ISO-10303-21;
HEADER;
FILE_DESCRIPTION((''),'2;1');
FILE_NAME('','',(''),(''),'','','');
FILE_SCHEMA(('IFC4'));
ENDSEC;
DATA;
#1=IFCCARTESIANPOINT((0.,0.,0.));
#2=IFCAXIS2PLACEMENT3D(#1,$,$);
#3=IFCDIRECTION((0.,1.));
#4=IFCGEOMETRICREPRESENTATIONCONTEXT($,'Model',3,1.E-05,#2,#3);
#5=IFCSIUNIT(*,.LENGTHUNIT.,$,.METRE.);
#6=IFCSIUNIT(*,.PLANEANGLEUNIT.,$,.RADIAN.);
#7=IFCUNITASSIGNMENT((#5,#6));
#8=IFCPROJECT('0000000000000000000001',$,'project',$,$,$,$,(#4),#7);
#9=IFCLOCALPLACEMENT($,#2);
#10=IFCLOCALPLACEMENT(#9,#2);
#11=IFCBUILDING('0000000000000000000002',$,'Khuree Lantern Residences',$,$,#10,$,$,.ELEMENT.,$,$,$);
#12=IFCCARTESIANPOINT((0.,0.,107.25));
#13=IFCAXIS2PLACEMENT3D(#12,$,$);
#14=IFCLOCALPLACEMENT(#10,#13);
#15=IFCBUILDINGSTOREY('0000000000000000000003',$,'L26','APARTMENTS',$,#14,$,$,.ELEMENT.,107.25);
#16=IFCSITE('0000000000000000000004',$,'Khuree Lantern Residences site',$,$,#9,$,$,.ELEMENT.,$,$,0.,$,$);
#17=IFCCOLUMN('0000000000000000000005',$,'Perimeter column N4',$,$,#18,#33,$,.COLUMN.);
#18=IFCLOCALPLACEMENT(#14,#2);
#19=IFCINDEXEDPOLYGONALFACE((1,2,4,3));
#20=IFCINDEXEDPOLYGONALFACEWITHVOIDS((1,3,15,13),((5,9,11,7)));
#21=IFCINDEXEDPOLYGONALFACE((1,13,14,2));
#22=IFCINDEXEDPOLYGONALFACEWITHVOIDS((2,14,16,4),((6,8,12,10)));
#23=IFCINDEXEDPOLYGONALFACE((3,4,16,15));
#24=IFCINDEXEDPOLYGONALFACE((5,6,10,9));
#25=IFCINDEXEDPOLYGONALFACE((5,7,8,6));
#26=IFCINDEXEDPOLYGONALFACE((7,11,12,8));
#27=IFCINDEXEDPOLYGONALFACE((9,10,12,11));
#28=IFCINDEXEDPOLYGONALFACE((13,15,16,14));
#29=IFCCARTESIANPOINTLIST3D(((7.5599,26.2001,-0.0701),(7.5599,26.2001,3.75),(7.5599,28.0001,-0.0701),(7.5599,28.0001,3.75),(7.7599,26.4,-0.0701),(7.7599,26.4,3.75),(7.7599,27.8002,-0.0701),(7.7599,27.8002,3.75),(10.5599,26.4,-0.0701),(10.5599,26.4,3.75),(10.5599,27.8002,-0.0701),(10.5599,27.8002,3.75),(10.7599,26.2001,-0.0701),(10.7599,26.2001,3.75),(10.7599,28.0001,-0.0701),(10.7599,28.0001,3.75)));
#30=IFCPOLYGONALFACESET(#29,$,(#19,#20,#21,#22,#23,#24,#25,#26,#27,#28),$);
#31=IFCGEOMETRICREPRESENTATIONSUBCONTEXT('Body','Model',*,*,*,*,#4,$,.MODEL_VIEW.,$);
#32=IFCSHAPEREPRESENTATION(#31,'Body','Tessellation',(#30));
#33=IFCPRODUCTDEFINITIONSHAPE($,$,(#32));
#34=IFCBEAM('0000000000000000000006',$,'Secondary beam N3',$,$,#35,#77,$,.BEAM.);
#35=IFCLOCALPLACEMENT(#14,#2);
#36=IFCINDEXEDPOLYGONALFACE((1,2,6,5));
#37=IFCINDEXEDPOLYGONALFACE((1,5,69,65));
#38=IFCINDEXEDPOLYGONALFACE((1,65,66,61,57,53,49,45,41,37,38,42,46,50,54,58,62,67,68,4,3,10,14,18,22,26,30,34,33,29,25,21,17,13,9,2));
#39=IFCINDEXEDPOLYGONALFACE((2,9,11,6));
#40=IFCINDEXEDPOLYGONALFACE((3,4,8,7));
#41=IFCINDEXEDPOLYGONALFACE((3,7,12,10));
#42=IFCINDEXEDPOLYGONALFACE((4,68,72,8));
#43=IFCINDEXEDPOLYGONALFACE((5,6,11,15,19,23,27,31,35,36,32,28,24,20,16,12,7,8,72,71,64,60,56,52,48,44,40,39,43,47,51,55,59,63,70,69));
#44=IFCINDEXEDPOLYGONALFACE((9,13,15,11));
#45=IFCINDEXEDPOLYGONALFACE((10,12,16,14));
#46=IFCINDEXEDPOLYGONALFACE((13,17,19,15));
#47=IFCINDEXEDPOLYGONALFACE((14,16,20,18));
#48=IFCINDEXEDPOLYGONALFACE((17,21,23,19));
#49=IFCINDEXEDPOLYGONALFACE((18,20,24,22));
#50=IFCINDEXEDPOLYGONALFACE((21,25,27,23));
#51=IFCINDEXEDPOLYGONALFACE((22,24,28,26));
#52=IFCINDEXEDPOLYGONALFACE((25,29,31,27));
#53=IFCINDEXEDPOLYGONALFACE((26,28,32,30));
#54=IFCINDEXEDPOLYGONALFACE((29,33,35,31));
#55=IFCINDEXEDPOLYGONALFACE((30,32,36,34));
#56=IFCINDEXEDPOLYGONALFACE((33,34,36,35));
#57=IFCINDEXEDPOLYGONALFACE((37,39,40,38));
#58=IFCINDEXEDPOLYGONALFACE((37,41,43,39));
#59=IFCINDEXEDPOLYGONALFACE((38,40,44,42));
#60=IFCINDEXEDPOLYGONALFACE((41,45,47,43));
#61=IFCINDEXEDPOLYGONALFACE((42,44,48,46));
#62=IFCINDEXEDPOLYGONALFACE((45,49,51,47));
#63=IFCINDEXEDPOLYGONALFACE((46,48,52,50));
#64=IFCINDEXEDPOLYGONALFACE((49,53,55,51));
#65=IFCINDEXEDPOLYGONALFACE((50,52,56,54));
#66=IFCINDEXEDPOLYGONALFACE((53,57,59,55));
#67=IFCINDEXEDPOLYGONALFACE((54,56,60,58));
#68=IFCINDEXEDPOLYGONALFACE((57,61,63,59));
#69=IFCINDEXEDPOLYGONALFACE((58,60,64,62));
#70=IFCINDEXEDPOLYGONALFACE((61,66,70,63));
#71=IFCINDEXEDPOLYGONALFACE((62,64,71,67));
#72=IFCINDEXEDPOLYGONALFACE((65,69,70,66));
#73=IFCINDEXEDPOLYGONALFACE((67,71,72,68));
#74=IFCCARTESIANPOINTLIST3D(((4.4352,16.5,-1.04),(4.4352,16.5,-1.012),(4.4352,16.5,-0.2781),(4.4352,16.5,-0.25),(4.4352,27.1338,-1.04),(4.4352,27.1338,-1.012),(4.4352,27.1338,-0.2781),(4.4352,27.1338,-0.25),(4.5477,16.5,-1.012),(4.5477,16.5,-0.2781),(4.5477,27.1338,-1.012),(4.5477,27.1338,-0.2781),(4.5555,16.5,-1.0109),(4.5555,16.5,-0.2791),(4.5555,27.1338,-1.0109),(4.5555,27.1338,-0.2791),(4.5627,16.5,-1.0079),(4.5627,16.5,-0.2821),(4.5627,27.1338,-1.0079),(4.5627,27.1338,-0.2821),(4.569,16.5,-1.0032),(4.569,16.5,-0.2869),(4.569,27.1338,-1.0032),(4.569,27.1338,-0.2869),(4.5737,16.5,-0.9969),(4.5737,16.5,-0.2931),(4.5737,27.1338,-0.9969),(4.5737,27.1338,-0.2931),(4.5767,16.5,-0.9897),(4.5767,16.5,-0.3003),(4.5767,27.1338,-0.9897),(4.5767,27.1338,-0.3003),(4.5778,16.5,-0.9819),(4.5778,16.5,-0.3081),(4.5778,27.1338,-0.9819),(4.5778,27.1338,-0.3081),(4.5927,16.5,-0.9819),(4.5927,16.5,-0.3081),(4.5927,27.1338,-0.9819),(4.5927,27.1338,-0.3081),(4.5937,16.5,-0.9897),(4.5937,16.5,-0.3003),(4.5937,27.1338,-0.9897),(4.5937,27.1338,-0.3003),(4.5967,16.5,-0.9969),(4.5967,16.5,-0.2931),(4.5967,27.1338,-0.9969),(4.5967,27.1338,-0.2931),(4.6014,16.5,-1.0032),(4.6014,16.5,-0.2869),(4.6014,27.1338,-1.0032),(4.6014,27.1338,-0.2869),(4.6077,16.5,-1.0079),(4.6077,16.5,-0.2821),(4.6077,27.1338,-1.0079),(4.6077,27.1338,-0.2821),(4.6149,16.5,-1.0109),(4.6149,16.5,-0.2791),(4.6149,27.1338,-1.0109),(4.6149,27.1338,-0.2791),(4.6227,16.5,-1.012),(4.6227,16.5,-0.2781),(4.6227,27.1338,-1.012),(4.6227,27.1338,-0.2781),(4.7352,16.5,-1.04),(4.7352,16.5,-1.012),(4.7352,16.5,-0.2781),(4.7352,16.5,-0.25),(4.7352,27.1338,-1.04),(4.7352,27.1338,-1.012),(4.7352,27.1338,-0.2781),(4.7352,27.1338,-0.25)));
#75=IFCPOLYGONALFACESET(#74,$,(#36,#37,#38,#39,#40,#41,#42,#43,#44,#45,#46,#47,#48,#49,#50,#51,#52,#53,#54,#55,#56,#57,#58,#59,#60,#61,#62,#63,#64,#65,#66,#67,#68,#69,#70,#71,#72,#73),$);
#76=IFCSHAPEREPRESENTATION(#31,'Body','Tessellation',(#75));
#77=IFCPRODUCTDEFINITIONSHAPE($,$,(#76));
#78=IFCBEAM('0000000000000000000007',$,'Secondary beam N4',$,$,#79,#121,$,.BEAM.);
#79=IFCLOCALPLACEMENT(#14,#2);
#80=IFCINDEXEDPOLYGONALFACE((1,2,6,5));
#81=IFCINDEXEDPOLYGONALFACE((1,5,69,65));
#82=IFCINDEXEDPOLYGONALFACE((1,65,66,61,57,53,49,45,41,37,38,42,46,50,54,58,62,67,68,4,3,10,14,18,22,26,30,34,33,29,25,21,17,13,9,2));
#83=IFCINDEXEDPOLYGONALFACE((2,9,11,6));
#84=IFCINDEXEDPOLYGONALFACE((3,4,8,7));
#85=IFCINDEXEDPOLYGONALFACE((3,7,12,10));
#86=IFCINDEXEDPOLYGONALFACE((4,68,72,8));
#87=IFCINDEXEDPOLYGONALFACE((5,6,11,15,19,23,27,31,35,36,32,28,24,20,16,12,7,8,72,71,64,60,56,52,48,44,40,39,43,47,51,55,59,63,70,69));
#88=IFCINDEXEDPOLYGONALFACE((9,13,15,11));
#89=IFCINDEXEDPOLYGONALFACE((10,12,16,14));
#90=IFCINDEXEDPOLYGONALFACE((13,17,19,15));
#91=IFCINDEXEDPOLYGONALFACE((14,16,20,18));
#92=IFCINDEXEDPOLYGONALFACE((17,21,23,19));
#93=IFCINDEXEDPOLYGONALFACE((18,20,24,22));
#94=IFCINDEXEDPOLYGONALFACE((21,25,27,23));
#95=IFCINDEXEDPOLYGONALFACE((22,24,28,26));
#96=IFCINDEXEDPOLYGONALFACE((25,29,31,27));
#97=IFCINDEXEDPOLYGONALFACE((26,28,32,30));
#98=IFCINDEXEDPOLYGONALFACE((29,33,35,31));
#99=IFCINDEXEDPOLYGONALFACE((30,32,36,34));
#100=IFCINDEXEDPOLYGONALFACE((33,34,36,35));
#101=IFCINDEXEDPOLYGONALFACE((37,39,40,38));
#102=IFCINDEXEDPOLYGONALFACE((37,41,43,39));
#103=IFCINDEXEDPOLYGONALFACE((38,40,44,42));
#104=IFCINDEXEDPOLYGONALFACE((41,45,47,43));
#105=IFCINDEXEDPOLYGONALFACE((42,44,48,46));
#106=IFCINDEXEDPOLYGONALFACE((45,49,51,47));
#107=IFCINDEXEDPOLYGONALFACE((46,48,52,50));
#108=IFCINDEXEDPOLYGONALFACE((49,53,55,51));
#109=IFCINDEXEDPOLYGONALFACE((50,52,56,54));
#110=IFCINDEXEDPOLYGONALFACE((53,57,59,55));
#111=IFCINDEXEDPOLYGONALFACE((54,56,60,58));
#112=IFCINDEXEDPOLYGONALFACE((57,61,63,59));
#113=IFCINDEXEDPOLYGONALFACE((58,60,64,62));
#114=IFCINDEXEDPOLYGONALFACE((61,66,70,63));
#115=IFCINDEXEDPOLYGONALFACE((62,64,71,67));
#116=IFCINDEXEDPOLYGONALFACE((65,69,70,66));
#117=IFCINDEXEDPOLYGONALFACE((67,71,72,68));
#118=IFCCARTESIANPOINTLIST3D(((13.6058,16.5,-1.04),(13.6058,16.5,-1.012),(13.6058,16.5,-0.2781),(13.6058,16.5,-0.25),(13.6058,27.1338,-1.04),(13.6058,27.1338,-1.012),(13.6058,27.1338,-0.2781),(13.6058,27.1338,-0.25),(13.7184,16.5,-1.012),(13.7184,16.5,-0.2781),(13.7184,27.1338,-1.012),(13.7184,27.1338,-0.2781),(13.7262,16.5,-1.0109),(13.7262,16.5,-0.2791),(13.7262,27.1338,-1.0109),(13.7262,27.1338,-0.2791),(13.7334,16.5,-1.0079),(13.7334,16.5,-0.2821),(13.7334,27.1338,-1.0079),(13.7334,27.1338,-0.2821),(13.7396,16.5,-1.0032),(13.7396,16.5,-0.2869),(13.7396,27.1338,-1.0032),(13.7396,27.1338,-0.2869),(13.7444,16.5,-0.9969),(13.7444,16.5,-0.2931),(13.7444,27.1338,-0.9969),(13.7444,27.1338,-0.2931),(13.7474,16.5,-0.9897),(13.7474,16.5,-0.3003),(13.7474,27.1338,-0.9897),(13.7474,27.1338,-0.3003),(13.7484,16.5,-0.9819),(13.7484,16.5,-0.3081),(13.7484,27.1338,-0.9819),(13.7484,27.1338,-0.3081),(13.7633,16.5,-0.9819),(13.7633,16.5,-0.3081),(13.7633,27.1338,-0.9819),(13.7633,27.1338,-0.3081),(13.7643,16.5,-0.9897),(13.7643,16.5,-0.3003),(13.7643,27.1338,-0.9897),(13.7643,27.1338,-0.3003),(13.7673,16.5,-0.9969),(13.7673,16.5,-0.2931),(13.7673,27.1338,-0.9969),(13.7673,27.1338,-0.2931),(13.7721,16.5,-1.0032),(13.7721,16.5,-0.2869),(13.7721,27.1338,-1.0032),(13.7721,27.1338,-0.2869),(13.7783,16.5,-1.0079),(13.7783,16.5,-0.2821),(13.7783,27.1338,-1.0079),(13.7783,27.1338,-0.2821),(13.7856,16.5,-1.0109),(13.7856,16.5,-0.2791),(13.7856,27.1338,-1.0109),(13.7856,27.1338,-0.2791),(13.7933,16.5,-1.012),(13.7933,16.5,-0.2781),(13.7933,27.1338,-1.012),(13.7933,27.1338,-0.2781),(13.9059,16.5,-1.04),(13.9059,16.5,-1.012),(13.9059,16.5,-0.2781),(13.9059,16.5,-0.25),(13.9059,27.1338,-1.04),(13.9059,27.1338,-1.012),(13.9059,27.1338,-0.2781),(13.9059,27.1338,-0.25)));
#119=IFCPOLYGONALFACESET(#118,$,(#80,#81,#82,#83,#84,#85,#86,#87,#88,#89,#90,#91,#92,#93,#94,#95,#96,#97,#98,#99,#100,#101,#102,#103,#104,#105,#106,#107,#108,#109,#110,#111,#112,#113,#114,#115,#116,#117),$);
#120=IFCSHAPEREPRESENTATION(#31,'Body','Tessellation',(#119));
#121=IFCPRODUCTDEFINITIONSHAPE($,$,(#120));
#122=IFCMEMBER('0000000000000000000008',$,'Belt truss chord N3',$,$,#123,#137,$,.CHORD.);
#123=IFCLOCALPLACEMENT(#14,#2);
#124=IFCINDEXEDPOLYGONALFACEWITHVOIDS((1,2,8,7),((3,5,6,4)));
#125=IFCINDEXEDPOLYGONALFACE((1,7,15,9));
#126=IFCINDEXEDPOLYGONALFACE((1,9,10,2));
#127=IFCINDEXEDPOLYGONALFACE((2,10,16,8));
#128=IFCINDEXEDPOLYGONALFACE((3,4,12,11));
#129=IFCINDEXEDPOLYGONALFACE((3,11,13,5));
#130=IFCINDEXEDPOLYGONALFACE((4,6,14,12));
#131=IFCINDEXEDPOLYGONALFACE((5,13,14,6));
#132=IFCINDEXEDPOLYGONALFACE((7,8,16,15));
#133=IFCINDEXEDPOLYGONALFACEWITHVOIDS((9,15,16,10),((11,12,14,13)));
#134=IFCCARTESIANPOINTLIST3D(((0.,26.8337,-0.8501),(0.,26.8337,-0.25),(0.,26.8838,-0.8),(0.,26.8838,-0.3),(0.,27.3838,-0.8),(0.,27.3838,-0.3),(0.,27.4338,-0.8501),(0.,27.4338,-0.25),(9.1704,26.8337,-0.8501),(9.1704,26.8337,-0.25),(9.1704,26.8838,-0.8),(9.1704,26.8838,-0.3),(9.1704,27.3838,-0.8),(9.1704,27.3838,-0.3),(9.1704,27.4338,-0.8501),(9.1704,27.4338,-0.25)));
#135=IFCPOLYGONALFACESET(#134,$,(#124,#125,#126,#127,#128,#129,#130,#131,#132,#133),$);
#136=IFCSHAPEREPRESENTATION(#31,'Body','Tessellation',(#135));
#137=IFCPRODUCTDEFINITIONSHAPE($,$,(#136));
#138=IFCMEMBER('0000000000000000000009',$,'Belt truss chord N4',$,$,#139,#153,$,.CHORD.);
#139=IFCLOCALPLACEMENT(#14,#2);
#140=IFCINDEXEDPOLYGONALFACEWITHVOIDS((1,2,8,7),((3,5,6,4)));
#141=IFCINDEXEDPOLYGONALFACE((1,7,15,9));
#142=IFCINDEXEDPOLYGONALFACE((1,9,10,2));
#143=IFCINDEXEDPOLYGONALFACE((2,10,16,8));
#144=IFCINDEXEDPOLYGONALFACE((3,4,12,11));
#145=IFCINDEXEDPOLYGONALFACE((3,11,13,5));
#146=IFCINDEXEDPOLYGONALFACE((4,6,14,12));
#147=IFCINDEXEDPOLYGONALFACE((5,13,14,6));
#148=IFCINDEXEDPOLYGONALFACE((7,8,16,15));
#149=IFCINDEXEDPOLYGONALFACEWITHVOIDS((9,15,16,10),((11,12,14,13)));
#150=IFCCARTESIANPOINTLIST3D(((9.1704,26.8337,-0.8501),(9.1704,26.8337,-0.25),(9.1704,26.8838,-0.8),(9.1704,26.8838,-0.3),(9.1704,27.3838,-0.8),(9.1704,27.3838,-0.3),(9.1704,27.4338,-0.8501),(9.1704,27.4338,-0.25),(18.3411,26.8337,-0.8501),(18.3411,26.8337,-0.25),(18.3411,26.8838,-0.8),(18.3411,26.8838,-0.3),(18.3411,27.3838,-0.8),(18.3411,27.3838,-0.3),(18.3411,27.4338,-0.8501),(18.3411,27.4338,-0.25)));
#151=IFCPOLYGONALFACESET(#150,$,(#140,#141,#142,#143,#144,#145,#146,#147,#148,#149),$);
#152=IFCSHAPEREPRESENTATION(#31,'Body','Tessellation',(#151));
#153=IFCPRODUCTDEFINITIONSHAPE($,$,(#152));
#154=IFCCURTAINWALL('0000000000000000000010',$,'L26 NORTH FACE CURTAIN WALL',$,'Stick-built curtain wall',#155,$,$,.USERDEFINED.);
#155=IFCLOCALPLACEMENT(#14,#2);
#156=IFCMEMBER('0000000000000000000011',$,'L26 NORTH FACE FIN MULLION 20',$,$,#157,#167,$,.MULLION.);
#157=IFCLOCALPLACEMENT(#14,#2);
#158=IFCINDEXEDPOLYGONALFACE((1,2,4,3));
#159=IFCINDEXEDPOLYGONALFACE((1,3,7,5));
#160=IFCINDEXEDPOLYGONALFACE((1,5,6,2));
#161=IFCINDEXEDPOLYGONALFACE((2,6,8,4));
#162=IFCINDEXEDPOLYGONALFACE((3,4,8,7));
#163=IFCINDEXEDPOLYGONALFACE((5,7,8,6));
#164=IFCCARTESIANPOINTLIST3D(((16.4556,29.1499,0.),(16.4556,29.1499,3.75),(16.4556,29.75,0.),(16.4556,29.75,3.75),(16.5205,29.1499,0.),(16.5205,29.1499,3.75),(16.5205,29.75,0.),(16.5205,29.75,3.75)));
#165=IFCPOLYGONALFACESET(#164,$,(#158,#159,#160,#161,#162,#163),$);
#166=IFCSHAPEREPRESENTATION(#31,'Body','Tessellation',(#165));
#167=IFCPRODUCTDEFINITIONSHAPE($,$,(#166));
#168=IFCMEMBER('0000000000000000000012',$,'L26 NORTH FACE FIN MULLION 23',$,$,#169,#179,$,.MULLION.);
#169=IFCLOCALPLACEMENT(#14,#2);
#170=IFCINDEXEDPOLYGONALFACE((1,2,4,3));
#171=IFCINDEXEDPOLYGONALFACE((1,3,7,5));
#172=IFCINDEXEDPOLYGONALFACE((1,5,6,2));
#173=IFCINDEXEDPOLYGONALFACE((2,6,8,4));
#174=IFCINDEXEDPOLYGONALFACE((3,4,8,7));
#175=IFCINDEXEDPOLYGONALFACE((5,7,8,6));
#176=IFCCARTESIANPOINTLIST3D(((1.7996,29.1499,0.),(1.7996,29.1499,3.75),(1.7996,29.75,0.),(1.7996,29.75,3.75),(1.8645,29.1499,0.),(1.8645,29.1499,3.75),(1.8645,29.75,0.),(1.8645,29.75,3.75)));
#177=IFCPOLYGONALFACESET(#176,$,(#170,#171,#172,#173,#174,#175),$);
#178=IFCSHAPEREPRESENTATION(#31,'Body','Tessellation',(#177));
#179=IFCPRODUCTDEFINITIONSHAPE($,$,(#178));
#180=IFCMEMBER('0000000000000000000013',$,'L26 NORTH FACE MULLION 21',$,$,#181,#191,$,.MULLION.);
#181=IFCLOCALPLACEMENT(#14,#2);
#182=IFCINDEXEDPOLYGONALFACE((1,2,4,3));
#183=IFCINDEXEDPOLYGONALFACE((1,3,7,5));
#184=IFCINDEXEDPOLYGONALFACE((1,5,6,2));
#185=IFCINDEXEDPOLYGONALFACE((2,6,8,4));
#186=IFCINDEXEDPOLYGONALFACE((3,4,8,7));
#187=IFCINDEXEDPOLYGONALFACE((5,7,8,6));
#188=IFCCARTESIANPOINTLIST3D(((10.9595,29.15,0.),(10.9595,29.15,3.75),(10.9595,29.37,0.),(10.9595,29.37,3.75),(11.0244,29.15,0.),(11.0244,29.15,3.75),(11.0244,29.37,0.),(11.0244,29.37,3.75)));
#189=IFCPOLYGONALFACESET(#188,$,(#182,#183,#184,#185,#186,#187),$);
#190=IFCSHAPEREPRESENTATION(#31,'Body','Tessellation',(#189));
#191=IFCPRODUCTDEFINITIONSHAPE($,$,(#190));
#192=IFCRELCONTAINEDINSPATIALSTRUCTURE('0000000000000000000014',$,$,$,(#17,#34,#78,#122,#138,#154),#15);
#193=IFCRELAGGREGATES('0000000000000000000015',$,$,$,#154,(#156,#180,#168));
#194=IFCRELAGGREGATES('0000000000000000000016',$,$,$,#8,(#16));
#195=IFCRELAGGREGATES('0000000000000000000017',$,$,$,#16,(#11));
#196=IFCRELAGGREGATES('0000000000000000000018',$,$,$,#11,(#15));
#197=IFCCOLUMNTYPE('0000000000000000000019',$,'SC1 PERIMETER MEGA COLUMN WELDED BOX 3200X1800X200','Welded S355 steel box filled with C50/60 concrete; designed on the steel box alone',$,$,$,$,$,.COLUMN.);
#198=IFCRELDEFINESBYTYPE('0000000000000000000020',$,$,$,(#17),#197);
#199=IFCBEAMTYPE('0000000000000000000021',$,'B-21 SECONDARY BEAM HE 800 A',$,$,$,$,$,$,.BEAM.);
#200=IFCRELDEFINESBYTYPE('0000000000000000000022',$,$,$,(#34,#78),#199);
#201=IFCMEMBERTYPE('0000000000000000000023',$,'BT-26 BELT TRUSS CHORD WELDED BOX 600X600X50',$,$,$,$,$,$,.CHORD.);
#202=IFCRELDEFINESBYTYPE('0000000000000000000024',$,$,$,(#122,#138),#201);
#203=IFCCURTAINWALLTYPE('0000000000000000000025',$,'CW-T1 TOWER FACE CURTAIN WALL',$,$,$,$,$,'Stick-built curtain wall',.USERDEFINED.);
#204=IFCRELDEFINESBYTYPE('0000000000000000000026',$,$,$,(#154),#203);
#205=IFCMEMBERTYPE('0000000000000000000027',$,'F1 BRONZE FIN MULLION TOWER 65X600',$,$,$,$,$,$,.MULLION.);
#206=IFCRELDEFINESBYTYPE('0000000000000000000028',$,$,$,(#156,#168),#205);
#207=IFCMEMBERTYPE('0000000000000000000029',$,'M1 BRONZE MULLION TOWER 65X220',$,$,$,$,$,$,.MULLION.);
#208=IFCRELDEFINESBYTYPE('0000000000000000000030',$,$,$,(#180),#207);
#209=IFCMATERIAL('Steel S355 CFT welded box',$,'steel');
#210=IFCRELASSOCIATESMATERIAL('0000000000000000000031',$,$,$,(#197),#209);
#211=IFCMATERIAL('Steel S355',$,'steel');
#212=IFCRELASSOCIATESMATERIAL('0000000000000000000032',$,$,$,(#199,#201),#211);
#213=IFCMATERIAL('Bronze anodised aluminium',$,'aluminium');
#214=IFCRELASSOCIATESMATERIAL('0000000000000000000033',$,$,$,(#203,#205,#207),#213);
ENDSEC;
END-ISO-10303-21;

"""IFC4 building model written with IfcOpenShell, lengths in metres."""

from ifc_helpers import new_model, si_unit, direction, frame, origin, origin_2d, place, context, subcontext, project, spatial, rectangle, hollow_rectangle, i_section, extrude, material, material_profile, profile_set, type_object, element, aggregate, save


model = new_model("IFC4")

# Units and contexts
model_context = context("Model", 3, precision=1e-05, world=origin(), true_north=direction((0.0, 1.0)))
body_context = subcontext(model_context, "Body", "Model", "MODEL_VIEW")
ifc_project = project(units=[si_unit("LENGTHUNIT", "METRE"), si_unit("PLANEANGLEUNIT", "RADIAN")], contexts=[model_context])

# Site, building, storey
site_placement = place(None, origin())
site = spatial("IfcSite", under=ifc_project, at=site_placement, Name="Khuree Lantern Residences site", CompositionType="ELEMENT", RefElevation=0.0)
building_placement = place(site_placement, origin())
building = spatial("IfcBuilding", under=site, at=building_placement, Name="Khuree Lantern Residences", CompositionType="ELEMENT")
storey_placement = place(building_placement, frame((0.0, 0.0, 107.25)))
storey = spatial("IfcBuildingStorey", under=building, at=storey_placement, Name="L26", Description="APARTMENTS", CompositionType="ELEMENT", Elevation=107.25)

# Column
ifc_material_1 = material(Name="Steel S355 CFT welded box", Category="steel")
ifc_material_profile_1 = material_profile(ifc_material_1, hollow_rectangle(XDim=3.2, YDim=1.8, WallThickness=0.2, at=origin_2d()), Name="WELDED BOX 3200X1800X200")
ifc_profile_set_1 = profile_set([ifc_material_profile_1], Name="Steel S355 CFT welded box")
column_type = type_object("IfcColumnType", Name="SC1 PERIMETER MEGA COLUMN WELDED BOX 3200X1800X200", Description="Welded S355 steel box filled with C50/60 concrete; designed on the steel box alone", PredefinedType="COLUMN", material=ifc_profile_set_1)
column_placement = place(storey_placement, frame((9.1599, 27.1001, -0.0701), z_axis=(0.0, 0.0, 1.0), x_axis=(1.0, 0.0, 0.0)))
element("IfcColumn", 1, at=column_placement, inside=storey, type_object=column_type, Name="Perimeter column N4", PredefinedType="COLUMN", context=body_context, shape_type="SweptSolid", body=[
    extrude(hollow_rectangle(XDim=3.2, YDim=1.8, WallThickness=0.2, at=origin_2d()), origin(), (0.0, 0.0, 1.0), 3.8201),
])

# Beams
ifc_material_2 = material(Name="Steel S355", Category="steel")
ifc_material_profile_2 = material_profile(ifc_material_2, i_section(OverallWidth=0.3, OverallDepth=0.79, WebThickness=0.0149, FlangeThickness=0.0281, FilletRadius=0.03, at=origin_2d()), Name="HE 800 A")
ifc_profile_set_2 = profile_set([ifc_material_profile_2], Name="Steel S355")
beam_type_1 = type_object("IfcBeamType", Name="B-21 SECONDARY BEAM HE 800 A", PredefinedType="BEAM", material=ifc_profile_set_2)
for number, where, z_axis, x_axis, name in (
    (2, (4.5852, 27.1338, -0.645), (0.0, -1.0, 0.0), (1.0, 0.0, 0.0), "Secondary beam N3"),
    (3, (13.7559, 27.1338, -0.645), (0.0, -1.0, 0.0), (1.0, 0.0, 0.0), "Secondary beam N4"),
):
    element("IfcBeam", number, at=place(storey_placement, frame(where, z_axis=z_axis, x_axis=x_axis)), inside=storey, type_object=beam_type_1, Name=name, PredefinedType="BEAM", context=body_context, shape_type="SweptSolid", body=[
        extrude(i_section(OverallWidth=0.3, OverallDepth=0.79, WebThickness=0.0149, FlangeThickness=0.0281, FilletRadius=0.03, at=origin_2d()), origin(), (0.0, 0.0, 1.0), 10.6338),
    ])

# Members
ifc_material_profile_3 = material_profile(ifc_material_2, hollow_rectangle(XDim=0.6001, YDim=0.6001, WallThickness=0.05, at=origin_2d()), Name="WELDED BOX 600X600X50")
ifc_profile_set_3 = profile_set([ifc_material_profile_3], Name="Steel S355")
member_type_1 = type_object("IfcMemberType", Name="BT-26 BELT TRUSS CHORD WELDED BOX 600X600X50", PredefinedType="CHORD", material=ifc_profile_set_3)
member_1_placement = place(storey_placement, frame((0.0, 27.1338, -0.55), z_axis=(1.0, 0.0, 0.0), x_axis=(0.0, 1.0, 0.0)))
element("IfcMember", 4, at=member_1_placement, inside=storey, type_object=member_type_1, Name="Belt truss chord N3", PredefinedType="CHORD", context=body_context, shape_type="SweptSolid", body=[
    extrude(hollow_rectangle(XDim=0.6001, YDim=0.6001, WallThickness=0.05, at=origin_2d()), origin(), (0.0, 0.0, 1.0), 9.1704),
])
member_2_placement = place(storey_placement, frame((9.1704, 27.1338, -0.55), z_axis=(1.0, 0.0, 0.0), x_axis=(0.0, 1.0, 0.0)))
element("IfcMember", 5, at=member_2_placement, inside=storey, type_object=member_type_1, Name="Belt truss chord N4", PredefinedType="CHORD", context=body_context, shape_type="SweptSolid", body=[
    extrude(hollow_rectangle(XDim=0.6001, YDim=0.6001, WallThickness=0.05, at=origin_2d()), origin(), (0.0, 0.0, 1.0), 9.1707),
])

# Curtain wall, members
ifc_material_3 = material(Name="Bronze anodised aluminium", Category="aluminium")
curtain_wall_type = type_object("IfcCurtainWallType", Name="CW-T1 TOWER FACE CURTAIN WALL", ElementType="Stick-built curtain wall", PredefinedType="USERDEFINED", material=ifc_material_3)
curtain_wall_placement = place(storey_placement, origin())
curtain_wall = element("IfcCurtainWall", 6, at=curtain_wall_placement, inside=storey, type_object=curtain_wall_type, Name="L26 NORTH FACE CURTAIN WALL", ObjectType="Stick-built curtain wall", PredefinedType="USERDEFINED")
ifc_material_profile_4 = material_profile(ifc_material_3, rectangle(XDim=0.0649, YDim=0.6001, at=origin_2d()), Name="F1 65X600")
ifc_profile_set_4 = profile_set([ifc_material_profile_4], Name="Bronze anodised aluminium")
member_type_2 = type_object("IfcMemberType", Name="F1 BRONZE FIN MULLION TOWER 65X600", PredefinedType="MULLION", material=ifc_profile_set_4)
member_3_placement = place(storey_placement, frame((16.488, 29.45, 0.0), z_axis=(0.0, 0.0, 1.0), x_axis=(-1.0, 0.0, 0.0)))
member_3 = element("IfcMember", 7, at=member_3_placement, type_object=member_type_2, Name="L26 NORTH FACE FIN MULLION 20", PredefinedType="MULLION", context=body_context, shape_type="SweptSolid", body=[
    extrude(rectangle(XDim=0.0649, YDim=0.6001, at=origin_2d()), origin(), (0.0, 0.0, 1.0), 3.75),
])
member_4_placement = place(storey_placement, frame((1.832, 29.45, 0.0), z_axis=(0.0, 0.0, 1.0), x_axis=(-1.0, 0.0, 0.0)))
member_4 = element("IfcMember", 8, at=member_4_placement, type_object=member_type_2, Name="L26 NORTH FACE FIN MULLION 23", PredefinedType="MULLION", context=body_context, shape_type="SweptSolid", body=[
    extrude(rectangle(XDim=0.0649, YDim=0.6001, at=origin_2d()), origin(), (0.0, 0.0, 1.0), 3.75),
])
ifc_material_profile_5 = material_profile(ifc_material_3, rectangle(XDim=0.0649, YDim=0.22, at=origin_2d()), Name="M1 65X220")
ifc_profile_set_5 = profile_set([ifc_material_profile_5], Name="Bronze anodised aluminium")
member_type_3 = type_object("IfcMemberType", Name="M1 BRONZE MULLION TOWER 65X220", PredefinedType="MULLION", material=ifc_profile_set_5)
member_5_placement = place(storey_placement, frame((10.9919, 29.26, 0.0), z_axis=(0.0, 0.0, 1.0), x_axis=(-1.0, 0.0, 0.0)))
member_5 = element("IfcMember", 9, at=member_5_placement, type_object=member_type_3, Name="L26 NORTH FACE MULLION 21", PredefinedType="MULLION", context=body_context, shape_type="SweptSolid", body=[
    extrude(rectangle(XDim=0.0649, YDim=0.22, at=origin_2d()), origin(), (0.0, 0.0, 1.0), 3.75),
])

aggregate(curtain_wall, [member_3, member_5, member_4])

save(model, "model.ifc")
